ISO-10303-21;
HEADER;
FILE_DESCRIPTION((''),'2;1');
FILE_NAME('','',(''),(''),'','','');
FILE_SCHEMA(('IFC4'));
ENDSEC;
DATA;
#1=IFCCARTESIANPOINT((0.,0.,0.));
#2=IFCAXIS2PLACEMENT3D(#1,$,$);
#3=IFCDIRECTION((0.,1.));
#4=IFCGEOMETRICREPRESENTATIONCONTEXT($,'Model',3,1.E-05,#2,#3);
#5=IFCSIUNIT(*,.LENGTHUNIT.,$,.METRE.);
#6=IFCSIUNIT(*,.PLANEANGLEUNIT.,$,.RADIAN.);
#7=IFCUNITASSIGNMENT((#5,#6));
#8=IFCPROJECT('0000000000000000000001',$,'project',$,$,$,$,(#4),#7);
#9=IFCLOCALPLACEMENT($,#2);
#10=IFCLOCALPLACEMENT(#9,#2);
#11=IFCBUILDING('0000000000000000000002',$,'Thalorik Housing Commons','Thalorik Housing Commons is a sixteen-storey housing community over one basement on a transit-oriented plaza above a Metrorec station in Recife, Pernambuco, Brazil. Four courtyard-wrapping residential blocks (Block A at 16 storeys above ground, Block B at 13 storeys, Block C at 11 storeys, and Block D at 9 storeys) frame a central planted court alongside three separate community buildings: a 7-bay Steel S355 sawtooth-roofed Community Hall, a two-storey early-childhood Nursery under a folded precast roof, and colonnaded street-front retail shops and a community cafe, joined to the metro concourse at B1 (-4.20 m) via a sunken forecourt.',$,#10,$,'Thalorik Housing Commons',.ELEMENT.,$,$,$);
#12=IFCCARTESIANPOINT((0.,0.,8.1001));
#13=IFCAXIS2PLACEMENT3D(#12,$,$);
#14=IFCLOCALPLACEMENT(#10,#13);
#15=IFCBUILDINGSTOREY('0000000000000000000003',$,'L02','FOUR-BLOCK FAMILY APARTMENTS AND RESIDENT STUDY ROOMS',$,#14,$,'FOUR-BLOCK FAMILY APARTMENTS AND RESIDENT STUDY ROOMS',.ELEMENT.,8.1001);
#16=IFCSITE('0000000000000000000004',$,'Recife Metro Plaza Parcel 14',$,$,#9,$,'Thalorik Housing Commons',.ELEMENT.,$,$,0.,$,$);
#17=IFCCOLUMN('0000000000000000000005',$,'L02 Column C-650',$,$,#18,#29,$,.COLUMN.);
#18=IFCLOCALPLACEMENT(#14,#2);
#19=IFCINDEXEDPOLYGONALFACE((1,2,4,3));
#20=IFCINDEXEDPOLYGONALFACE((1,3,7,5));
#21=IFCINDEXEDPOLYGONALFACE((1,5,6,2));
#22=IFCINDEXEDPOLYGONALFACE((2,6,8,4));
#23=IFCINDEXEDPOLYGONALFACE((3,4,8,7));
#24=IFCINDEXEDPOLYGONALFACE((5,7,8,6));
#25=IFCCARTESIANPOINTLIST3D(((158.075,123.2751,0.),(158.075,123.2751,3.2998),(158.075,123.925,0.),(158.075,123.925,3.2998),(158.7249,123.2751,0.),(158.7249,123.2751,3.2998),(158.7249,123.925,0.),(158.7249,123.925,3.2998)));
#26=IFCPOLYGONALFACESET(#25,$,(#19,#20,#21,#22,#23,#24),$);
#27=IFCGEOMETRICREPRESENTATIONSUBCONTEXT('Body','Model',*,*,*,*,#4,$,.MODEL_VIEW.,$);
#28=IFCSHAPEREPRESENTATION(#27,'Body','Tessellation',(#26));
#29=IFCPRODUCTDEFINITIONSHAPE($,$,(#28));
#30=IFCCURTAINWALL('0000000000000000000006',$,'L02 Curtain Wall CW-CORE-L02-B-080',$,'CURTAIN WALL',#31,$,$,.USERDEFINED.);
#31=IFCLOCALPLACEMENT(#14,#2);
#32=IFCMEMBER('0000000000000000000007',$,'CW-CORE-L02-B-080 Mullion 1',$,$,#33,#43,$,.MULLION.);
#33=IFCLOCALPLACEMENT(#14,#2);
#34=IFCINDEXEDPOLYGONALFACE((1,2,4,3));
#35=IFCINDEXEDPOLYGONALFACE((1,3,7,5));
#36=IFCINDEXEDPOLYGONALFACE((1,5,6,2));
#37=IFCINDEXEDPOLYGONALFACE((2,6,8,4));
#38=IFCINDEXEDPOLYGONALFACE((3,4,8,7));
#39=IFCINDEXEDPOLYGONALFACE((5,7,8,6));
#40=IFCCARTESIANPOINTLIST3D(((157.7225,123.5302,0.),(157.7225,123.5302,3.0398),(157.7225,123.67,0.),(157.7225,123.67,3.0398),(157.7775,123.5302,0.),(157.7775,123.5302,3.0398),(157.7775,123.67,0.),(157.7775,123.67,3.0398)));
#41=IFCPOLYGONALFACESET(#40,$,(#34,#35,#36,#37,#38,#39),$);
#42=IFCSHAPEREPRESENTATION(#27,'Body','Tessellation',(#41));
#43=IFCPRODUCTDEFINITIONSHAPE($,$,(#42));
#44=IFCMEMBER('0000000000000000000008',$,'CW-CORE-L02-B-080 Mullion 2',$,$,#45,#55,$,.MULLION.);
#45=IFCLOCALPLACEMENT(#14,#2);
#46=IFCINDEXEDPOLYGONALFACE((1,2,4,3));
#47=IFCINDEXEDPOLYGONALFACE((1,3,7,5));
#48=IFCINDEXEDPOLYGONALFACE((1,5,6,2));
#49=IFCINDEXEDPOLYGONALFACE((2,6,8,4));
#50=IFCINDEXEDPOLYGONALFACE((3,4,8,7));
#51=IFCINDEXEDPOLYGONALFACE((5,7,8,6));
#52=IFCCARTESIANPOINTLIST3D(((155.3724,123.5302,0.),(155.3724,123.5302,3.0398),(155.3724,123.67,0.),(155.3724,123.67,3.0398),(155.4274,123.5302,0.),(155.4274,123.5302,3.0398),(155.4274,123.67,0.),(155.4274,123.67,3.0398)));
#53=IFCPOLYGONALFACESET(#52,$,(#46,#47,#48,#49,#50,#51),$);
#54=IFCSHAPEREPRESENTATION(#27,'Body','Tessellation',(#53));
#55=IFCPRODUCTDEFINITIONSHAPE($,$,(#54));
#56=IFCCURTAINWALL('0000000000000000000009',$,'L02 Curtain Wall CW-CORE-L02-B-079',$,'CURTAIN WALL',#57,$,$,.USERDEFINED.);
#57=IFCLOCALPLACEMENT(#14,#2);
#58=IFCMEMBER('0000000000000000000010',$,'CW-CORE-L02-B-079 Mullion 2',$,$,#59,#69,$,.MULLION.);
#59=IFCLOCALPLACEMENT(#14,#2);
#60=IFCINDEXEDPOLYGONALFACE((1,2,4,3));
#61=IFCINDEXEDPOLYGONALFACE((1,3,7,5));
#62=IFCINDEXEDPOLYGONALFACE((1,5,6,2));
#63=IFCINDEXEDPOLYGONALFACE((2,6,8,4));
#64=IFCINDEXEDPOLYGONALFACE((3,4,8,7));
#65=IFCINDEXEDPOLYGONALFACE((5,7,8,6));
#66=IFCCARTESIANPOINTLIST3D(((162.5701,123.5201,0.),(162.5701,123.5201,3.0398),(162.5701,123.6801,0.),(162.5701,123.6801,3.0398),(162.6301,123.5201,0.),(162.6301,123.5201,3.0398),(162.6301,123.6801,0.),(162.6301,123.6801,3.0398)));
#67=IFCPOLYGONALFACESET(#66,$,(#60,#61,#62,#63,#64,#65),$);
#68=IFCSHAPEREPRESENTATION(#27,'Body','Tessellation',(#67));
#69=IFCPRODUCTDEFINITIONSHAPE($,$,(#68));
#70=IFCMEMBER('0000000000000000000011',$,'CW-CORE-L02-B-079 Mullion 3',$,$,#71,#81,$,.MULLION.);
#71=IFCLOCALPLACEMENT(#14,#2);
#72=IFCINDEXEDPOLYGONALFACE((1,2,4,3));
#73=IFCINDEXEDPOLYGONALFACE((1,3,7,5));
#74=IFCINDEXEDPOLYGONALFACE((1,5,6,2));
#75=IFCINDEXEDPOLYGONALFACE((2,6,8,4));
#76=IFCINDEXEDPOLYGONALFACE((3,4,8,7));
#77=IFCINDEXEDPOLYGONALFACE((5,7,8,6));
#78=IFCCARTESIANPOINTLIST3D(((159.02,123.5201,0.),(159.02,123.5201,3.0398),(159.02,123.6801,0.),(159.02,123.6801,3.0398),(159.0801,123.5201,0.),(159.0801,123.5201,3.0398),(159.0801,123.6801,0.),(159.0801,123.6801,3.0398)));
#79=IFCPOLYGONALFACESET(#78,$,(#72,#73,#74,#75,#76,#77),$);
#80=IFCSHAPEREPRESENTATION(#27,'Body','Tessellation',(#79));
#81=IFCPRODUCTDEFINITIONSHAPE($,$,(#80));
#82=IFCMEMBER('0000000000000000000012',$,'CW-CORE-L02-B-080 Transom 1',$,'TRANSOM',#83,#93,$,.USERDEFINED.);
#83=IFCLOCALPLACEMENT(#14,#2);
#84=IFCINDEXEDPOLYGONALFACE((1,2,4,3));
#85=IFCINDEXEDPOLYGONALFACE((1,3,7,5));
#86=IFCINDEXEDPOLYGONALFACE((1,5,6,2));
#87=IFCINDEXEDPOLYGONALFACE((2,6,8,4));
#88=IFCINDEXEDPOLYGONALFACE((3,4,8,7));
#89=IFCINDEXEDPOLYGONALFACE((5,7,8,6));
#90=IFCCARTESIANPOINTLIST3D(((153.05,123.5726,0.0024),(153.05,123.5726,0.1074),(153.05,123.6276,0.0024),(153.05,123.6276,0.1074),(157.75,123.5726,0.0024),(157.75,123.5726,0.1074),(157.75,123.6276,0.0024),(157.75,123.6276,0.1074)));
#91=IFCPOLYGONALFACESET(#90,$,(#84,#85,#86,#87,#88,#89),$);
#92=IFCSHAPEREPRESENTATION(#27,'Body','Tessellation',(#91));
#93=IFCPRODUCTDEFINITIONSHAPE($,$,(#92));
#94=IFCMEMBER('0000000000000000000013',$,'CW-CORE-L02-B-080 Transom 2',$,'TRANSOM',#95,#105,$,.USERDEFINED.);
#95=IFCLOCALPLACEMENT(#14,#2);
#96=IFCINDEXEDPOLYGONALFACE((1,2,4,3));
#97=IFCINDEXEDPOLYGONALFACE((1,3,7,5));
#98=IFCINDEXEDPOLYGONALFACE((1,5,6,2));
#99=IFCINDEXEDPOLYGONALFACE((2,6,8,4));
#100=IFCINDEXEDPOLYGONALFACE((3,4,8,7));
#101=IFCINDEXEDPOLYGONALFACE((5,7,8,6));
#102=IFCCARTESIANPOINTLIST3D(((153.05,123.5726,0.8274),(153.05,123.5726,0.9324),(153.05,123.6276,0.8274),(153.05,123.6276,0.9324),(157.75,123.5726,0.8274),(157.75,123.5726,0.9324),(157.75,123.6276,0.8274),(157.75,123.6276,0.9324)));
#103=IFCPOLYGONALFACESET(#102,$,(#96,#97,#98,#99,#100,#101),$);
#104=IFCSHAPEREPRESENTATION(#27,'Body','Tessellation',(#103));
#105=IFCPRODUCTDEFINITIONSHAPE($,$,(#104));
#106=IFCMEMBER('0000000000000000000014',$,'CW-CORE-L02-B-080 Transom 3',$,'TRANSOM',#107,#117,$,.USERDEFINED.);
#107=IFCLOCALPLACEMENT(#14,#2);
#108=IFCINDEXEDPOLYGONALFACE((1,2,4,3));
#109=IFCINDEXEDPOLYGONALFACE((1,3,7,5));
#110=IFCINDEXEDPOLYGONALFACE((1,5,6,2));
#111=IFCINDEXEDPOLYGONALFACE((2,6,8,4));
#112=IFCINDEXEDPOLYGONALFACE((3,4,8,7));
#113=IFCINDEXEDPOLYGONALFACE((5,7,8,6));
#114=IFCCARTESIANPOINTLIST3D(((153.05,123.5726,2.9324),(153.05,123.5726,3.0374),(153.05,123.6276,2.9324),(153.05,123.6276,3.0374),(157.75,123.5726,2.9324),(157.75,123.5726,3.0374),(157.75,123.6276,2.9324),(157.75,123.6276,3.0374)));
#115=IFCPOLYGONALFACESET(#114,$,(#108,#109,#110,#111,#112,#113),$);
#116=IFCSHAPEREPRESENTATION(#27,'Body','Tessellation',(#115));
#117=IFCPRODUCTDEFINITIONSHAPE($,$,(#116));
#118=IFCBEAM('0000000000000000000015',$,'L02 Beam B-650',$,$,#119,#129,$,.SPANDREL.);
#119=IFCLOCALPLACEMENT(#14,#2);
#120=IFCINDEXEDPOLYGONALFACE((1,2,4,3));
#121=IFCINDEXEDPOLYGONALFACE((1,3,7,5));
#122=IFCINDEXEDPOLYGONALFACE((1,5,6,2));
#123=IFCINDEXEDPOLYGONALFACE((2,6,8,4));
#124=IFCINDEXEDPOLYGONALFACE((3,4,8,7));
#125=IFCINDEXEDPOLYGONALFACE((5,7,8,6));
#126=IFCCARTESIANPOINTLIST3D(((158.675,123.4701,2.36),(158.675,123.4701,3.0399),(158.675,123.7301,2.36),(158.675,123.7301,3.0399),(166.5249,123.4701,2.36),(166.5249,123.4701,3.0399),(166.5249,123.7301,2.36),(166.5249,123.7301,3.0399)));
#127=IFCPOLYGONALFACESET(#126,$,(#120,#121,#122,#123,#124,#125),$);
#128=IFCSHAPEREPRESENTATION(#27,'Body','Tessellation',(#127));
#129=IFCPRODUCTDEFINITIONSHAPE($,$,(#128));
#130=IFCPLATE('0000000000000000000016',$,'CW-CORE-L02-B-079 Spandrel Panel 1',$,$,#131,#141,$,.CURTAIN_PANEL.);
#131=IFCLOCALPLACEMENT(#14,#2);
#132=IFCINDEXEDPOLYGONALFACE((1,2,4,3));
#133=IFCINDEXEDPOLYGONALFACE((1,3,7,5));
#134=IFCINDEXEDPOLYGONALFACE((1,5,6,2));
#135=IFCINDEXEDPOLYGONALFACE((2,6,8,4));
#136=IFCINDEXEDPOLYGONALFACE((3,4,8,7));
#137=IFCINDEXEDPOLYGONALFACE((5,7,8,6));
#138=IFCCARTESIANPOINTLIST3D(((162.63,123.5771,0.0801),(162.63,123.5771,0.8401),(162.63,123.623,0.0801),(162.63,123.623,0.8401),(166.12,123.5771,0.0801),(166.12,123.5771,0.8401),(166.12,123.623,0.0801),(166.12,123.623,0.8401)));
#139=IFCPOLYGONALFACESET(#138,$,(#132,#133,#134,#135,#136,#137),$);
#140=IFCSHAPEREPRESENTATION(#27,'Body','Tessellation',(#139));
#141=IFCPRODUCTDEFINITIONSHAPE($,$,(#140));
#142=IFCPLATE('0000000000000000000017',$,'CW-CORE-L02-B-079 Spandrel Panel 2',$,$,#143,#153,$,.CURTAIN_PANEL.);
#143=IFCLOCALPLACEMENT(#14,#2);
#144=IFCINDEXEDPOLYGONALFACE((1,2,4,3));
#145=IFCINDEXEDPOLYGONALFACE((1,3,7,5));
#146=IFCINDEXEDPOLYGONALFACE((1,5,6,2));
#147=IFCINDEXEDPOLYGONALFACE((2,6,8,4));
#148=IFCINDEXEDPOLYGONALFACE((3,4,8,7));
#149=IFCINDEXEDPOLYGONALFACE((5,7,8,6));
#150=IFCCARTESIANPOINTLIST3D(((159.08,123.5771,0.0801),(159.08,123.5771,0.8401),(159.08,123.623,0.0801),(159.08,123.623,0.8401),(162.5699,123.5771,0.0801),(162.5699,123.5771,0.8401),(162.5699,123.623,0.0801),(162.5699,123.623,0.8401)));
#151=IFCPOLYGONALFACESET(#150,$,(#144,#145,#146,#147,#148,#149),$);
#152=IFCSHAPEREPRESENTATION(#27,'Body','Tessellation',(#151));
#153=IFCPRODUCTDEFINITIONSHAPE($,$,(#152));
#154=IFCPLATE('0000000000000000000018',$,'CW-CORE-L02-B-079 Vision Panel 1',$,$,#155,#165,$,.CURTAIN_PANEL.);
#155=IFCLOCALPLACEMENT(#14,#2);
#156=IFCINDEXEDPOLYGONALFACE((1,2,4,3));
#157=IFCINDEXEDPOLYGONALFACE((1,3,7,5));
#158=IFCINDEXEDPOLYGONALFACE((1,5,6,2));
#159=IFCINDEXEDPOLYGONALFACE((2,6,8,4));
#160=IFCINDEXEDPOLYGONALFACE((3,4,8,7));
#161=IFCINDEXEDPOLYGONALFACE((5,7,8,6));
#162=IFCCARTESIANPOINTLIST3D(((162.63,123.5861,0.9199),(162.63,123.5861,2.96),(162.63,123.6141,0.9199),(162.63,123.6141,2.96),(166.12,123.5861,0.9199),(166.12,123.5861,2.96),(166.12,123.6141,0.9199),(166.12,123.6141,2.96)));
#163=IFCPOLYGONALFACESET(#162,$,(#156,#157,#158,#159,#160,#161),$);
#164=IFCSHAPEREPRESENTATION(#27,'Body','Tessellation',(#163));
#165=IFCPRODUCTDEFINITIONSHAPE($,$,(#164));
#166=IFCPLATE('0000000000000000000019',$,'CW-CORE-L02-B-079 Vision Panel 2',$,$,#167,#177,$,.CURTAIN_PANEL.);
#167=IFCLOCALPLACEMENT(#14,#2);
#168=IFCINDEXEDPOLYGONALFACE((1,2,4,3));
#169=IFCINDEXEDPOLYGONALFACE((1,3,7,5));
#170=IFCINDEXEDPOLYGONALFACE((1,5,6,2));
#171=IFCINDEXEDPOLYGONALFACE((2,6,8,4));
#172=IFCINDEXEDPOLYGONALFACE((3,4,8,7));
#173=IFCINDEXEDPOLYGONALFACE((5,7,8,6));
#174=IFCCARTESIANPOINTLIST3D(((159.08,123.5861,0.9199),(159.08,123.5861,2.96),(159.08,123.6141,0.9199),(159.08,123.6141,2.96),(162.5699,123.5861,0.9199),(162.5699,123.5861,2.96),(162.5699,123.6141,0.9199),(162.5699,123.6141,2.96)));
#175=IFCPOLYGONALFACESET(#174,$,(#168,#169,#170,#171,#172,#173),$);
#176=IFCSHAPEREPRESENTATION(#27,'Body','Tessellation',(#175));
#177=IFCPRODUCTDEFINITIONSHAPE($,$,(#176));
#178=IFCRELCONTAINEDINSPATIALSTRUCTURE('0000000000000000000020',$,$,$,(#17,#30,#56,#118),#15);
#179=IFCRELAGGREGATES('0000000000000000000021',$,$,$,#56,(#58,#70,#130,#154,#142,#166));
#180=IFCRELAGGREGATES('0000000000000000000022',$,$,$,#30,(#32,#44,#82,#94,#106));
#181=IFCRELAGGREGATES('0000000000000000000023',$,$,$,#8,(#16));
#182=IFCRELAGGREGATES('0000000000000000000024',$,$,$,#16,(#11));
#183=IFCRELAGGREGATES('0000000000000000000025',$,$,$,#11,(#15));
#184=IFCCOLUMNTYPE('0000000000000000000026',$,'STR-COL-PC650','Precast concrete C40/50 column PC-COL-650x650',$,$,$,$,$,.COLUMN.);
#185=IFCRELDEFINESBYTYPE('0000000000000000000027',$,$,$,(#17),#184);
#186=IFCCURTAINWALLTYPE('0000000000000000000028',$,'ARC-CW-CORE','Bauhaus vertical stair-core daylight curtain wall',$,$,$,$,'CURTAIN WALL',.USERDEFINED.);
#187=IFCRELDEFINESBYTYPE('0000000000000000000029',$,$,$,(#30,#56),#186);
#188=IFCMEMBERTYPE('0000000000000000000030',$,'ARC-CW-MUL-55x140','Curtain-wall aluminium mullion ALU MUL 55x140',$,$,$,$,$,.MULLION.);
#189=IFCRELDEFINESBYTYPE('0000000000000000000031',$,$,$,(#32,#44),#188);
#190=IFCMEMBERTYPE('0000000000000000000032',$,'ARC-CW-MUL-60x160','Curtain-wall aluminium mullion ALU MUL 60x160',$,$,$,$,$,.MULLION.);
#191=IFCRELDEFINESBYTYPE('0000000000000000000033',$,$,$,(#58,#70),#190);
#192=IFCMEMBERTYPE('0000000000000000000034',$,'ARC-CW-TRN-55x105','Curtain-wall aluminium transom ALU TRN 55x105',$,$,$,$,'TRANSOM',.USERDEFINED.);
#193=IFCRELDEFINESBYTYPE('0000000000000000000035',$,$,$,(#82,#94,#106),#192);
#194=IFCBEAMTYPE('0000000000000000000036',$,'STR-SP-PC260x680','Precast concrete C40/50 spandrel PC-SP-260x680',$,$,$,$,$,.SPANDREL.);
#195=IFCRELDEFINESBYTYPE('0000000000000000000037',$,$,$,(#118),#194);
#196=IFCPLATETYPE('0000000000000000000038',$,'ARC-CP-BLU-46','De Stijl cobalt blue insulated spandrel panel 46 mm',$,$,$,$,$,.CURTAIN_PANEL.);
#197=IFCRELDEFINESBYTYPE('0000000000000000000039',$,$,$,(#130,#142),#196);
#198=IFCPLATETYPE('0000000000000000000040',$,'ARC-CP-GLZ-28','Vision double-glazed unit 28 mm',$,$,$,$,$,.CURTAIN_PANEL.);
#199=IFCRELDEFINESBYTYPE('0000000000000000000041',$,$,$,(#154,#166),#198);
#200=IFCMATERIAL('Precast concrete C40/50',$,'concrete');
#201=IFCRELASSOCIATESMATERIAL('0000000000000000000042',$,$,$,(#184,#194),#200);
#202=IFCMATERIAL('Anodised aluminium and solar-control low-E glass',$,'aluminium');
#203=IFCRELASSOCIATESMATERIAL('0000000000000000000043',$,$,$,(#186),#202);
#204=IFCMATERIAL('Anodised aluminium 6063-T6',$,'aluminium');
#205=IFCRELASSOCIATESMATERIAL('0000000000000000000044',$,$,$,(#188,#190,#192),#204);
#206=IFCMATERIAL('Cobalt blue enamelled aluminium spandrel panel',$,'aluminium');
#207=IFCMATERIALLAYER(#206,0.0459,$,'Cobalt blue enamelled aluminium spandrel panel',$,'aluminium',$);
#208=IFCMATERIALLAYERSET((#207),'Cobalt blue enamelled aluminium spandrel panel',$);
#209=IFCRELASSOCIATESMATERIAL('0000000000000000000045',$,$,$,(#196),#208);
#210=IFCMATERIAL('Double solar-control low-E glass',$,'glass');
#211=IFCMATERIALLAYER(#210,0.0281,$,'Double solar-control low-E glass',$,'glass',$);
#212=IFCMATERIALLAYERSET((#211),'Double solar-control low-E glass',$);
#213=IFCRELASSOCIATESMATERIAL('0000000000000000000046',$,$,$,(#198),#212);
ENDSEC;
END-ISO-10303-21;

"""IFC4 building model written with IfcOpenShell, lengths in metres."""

from ifc_helpers import new_model, si_unit, direction, frame, origin, origin_2d, place, context, subcontext, project, spatial, rectangle, extrude, material, layer, layer_set, material_profile, profile_set, type_object, element, aggregate, save


model = new_model("IFC4")

# Units and contexts
model_context = context("Model", 3, precision=1e-05, world=origin(), true_north=direction((0.0, 1.0)))
body_context = subcontext(model_context, "Body", "Model", "MODEL_VIEW")
ifc_project = project(units=[si_unit("LENGTHUNIT", "METRE"), si_unit("PLANEANGLEUNIT", "RADIAN")], contexts=[model_context])

# Site, building, storey
site_placement = place(None, origin())
site = spatial("IfcSite", under=ifc_project, at=site_placement, Name="Recife Metro Plaza Parcel 14", LongName="Thalorik Housing Commons", CompositionType="ELEMENT", RefElevation=0.0)
building_placement = place(site_placement, origin())
building = spatial("IfcBuilding", under=site, at=building_placement, Name="Thalorik Housing Commons", Description="Thalorik Housing Commons is a sixteen-storey housing community over one basement on a transit-oriented plaza above a Metrorec station in Recife, Pernambuco, Brazil. Four courtyard-wrapping residential blocks (Block A at 16 storeys above ground, Block B at 13 storeys, Block C at 11 storeys, and Block D at 9 storeys) frame a central planted court alongside three separate community buildings: a 7-bay Steel S355 sawtooth-roofed Community Hall, a two-storey early-childhood Nursery under a folded precast roof, and colonnaded street-front retail shops and a community cafe, joined to the metro concourse at B1 (-4.20 m) via a sunken forecourt.", LongName="Thalorik Housing Commons", CompositionType="ELEMENT")
storey_placement = place(building_placement, frame((0.0, 0.0, 8.1001)))
storey = spatial("IfcBuildingStorey", under=building, at=storey_placement, Name="L02", Description="FOUR-BLOCK FAMILY APARTMENTS AND RESIDENT STUDY ROOMS", LongName="FOUR-BLOCK FAMILY APARTMENTS AND RESIDENT STUDY ROOMS", CompositionType="ELEMENT", Elevation=8.1001)

# Column
ifc_material_1 = material(Name="Precast concrete C40/50", Category="concrete")
ifc_material_profile_1 = material_profile(ifc_material_1, rectangle(XDim=0.6499, YDim=0.6499, at=origin_2d()), Name="PC 650x650", Category="concrete")
ifc_profile_set_1 = profile_set([ifc_material_profile_1], Name="Precast concrete C40/50")
column_type = type_object("IfcColumnType", Name="STR-COL-PC650", Description="Precast concrete C40/50 column PC-COL-650x650", PredefinedType="COLUMN", material=ifc_profile_set_1)
column_placement = place(storey_placement, frame((158.3999, 123.6001, 0.0), z_axis=(0.0, 0.0, 1.0), x_axis=(1.0, 0.0, 0.0)))
element("IfcColumn", 1, at=column_placement, inside=storey, type_object=column_type, Name="L02 Column C-650", PredefinedType="COLUMN", context=body_context, shape_type="SweptSolid", body=[
    extrude(rectangle(XDim=0.6499, YDim=0.6499, at=origin_2d()), origin(), (0.0, 0.0, 1.0), 3.2998),
])

# Curtain walls, members
ifc_material_2 = material(Name="Anodised aluminium and solar-control low-E glass", Category="aluminium")
curtain_wall_type = type_object("IfcCurtainWallType", Name="ARC-CW-CORE", Description="Bauhaus vertical stair-core daylight curtain wall", ElementType="CURTAIN WALL", PredefinedType="USERDEFINED", material=ifc_material_2)
curtain_wall_1_placement = place(storey_placement, origin())
curtain_wall_1 = element("IfcCurtainWall", 2, at=curtain_wall_1_placement, inside=storey, type_object=curtain_wall_type, Name="L02 Curtain Wall CW-CORE-L02-B-080", ObjectType="CURTAIN WALL", PredefinedType="USERDEFINED")
ifc_material_3 = material(Name="Anodised aluminium 6063-T6", Category="aluminium")
ifc_material_profile_2 = material_profile(ifc_material_3, rectangle(XDim=0.0549, YDim=0.1399, at=origin_2d()), Name="ALU MUL 55x140", Category="aluminium")
ifc_profile_set_2 = profile_set([ifc_material_profile_2], Name="Anodised aluminium 6063-T6")
member_type_1 = type_object("IfcMemberType", Name="ARC-CW-MUL-55x140", Description="Curtain-wall aluminium mullion ALU MUL 55x140", PredefinedType="MULLION", material=ifc_profile_set_2)
member_1_placement = place(storey_placement, frame((157.75, 123.6001, 0.0), z_axis=(0.0, 0.0, 1.0), x_axis=(-1.0, 0.0, 0.0)))
member_1 = element("IfcMember", 3, at=member_1_placement, type_object=member_type_1, Name="CW-CORE-L02-B-080 Mullion 1", PredefinedType="MULLION", context=body_context, shape_type="SweptSolid", body=[
    extrude(rectangle(XDim=0.0549, YDim=0.1399, at=origin_2d()), origin(), (0.0, 0.0, 1.0), 3.0398),
])
member_2_placement = place(storey_placement, frame((155.3999, 123.6001, 0.0), z_axis=(0.0, 0.0, 1.0), x_axis=(-1.0, 0.0, 0.0)))
member_2 = element("IfcMember", 4, at=member_2_placement, type_object=member_type_1, Name="CW-CORE-L02-B-080 Mullion 2", PredefinedType="MULLION", context=body_context, shape_type="SweptSolid", body=[
    extrude(rectangle(XDim=0.0549, YDim=0.1399, at=origin_2d()), origin(), (0.0, 0.0, 1.0), 3.0398),
])
curtain_wall_2_placement = place(storey_placement, origin())
curtain_wall_2 = element("IfcCurtainWall", 5, at=curtain_wall_2_placement, inside=storey, type_object=curtain_wall_type, Name="L02 Curtain Wall CW-CORE-L02-B-079", ObjectType="CURTAIN WALL", PredefinedType="USERDEFINED")
ifc_material_profile_3 = material_profile(ifc_material_3, rectangle(XDim=0.0601, YDim=0.1599, at=origin_2d()), Name="ALU MUL 60x160", Category="aluminium")
ifc_profile_set_3 = profile_set([ifc_material_profile_3], Name="Anodised aluminium 6063-T6")
member_type_2 = type_object("IfcMemberType", Name="ARC-CW-MUL-60x160", Description="Curtain-wall aluminium mullion ALU MUL 60x160", PredefinedType="MULLION", material=ifc_profile_set_3)
member_3_placement = place(storey_placement, frame((162.6001, 123.6001, 0.0), z_axis=(0.0, 0.0, 1.0), x_axis=(-1.0, 0.0, 0.0)))
member_3 = element("IfcMember", 6, at=member_3_placement, type_object=member_type_2, Name="CW-CORE-L02-B-079 Mullion 2", PredefinedType="MULLION", context=body_context, shape_type="SweptSolid", body=[
    extrude(rectangle(XDim=0.0601, YDim=0.1599, at=origin_2d()), origin(), (0.0, 0.0, 1.0), 3.0398),
])
member_4_placement = place(storey_placement, frame((159.05, 123.6001, 0.0), z_axis=(0.0, 0.0, 1.0), x_axis=(-1.0, 0.0, 0.0)))
member_4 = element("IfcMember", 7, at=member_4_placement, type_object=member_type_2, Name="CW-CORE-L02-B-079 Mullion 3", PredefinedType="MULLION", context=body_context, shape_type="SweptSolid", body=[
    extrude(rectangle(XDim=0.0601, YDim=0.1599, at=origin_2d()), origin(), (0.0, 0.0, 1.0), 3.0398),
])

# Members
ifc_material_profile_4 = material_profile(ifc_material_3, rectangle(XDim=0.0549, YDim=0.105, at=origin_2d()), Name="ALU TRN 55x105", Category="aluminium")
ifc_profile_set_4 = profile_set([ifc_material_profile_4], Name="Anodised aluminium 6063-T6")
member_type_3 = type_object("IfcMemberType", Name="ARC-CW-TRN-55x105", Description="Curtain-wall aluminium transom ALU TRN 55x105", ElementType="TRANSOM", PredefinedType="USERDEFINED", material=ifc_profile_set_4)
member_5_placement = place(storey_placement, frame((157.75, 123.6001, 0.0549), z_axis=(-1.0, 0.0, 0.0), x_axis=(0.0, -1.0, 0.0)))
member_5 = element("IfcMember", 8, at=member_5_placement, type_object=member_type_3, Name="CW-CORE-L02-B-080 Transom 1", ObjectType="TRANSOM", PredefinedType="USERDEFINED", context=body_context, shape_type="SweptSolid", body=[
    extrude(rectangle(XDim=0.0549, YDim=0.105, at=origin_2d()), origin(), (0.0, 0.0, 1.0), 4.7),
])
member_6_placement = place(storey_placement, frame((157.75, 123.6001, 0.8799), z_axis=(-1.0, 0.0, 0.0), x_axis=(0.0, -1.0, 0.0)))
member_6 = element("IfcMember", 9, at=member_6_placement, type_object=member_type_3, Name="CW-CORE-L02-B-080 Transom 2", ObjectType="TRANSOM", PredefinedType="USERDEFINED", context=body_context, shape_type="SweptSolid", body=[
    extrude(rectangle(XDim=0.0549, YDim=0.105, at=origin_2d()), origin(), (0.0, 0.0, 1.0), 4.7),
])
member_7_placement = place(storey_placement, frame((157.75, 123.6001, 2.9849), z_axis=(-1.0, 0.0, 0.0), x_axis=(0.0, -1.0, 0.0)))
member_7 = element("IfcMember", 10, at=member_7_placement, type_object=member_type_3, Name="CW-CORE-L02-B-080 Transom 3", ObjectType="TRANSOM", PredefinedType="USERDEFINED", context=body_context, shape_type="SweptSolid", body=[
    extrude(rectangle(XDim=0.0549, YDim=0.105, at=origin_2d()), origin(), (0.0, 0.0, 1.0), 4.7),
])

# Beam
ifc_material_profile_5 = material_profile(ifc_material_1, rectangle(XDim=0.26, YDim=0.6799, at=origin_2d()), Name="PC SP 260x680", Category="concrete")
ifc_profile_set_5 = profile_set([ifc_material_profile_5], Name="Precast concrete C40/50")
beam_type = type_object("IfcBeamType", Name="STR-SP-PC260x680", Description="Precast concrete C40/50 spandrel PC-SP-260x680", PredefinedType="SPANDREL", material=ifc_profile_set_5)
beam_placement = place(storey_placement, frame((158.675, 123.6001, 2.7), z_axis=(1.0, 0.0, 0.0), x_axis=(0.0, 1.0, 0.0)))
element("IfcBeam", 11, at=beam_placement, inside=storey, type_object=beam_type, Name="L02 Beam B-650", PredefinedType="SPANDREL", context=body_context, shape_type="SweptSolid", body=[
    extrude(rectangle(XDim=0.26, YDim=0.6799, at=origin_2d()), origin(), (0.0, 0.0, 1.0), 7.8499),
])

# Plates
ifc_material_4 = material(Name="Cobalt blue enamelled aluminium spandrel panel", Category="aluminium")
ifc_layer_1 = layer(ifc_material_4, 0.0459, Name="Cobalt blue enamelled aluminium spandrel panel", Category="aluminium")
ifc_layer_set_1 = layer_set([ifc_layer_1], Name="Cobalt blue enamelled aluminium spandrel panel")
plate_type_1 = type_object("IfcPlateType", Name="ARC-CP-BLU-46", Description="De Stijl cobalt blue insulated spandrel panel 46 mm", PredefinedType="CURTAIN_PANEL", material=ifc_layer_set_1)
plate_1_placement = place(storey_placement, frame((164.375, 123.6001, 0.0801), z_axis=(0.0, 0.0, 1.0), x_axis=(-1.0, 0.0, 0.0)))
plate_1 = element("IfcPlate", 12, at=plate_1_placement, type_object=plate_type_1, Name="CW-CORE-L02-B-079 Spandrel Panel 1", PredefinedType="CURTAIN_PANEL", context=body_context, shape_type="SweptSolid", body=[
    extrude(rectangle(XDim=3.49, YDim=0.0459, at=origin_2d()), origin(), (0.0, 0.0, 1.0), 0.76),
])
plate_2_placement = place(storey_placement, frame((160.825, 123.6001, 0.0801), z_axis=(0.0, 0.0, 1.0), x_axis=(-1.0, 0.0, 0.0)))
plate_2 = element("IfcPlate", 13, at=plate_2_placement, type_object=plate_type_1, Name="CW-CORE-L02-B-079 Spandrel Panel 2", PredefinedType="CURTAIN_PANEL", context=body_context, shape_type="SweptSolid", body=[
    extrude(rectangle(XDim=3.49, YDim=0.0459, at=origin_2d()), origin(), (0.0, 0.0, 1.0), 0.76),
])
ifc_material_5 = material(Name="Double solar-control low-E glass", Category="glass")
ifc_layer_2 = layer(ifc_material_5, 0.0281, Name="Double solar-control low-E glass", Category="glass")
ifc_layer_set_2 = layer_set([ifc_layer_2], Name="Double solar-control low-E glass")
plate_type_2 = type_object("IfcPlateType", Name="ARC-CP-GLZ-28", Description="Vision double-glazed unit 28 mm", PredefinedType="CURTAIN_PANEL", material=ifc_layer_set_2)
plate_3_placement = place(storey_placement, frame((164.375, 123.6001, 0.9199), z_axis=(0.0, 0.0, 1.0), x_axis=(-1.0, 0.0, 0.0)))
plate_3 = element("IfcPlate", 14, at=plate_3_placement, type_object=plate_type_2, Name="CW-CORE-L02-B-079 Vision Panel 1", PredefinedType="CURTAIN_PANEL", context=body_context, shape_type="SweptSolid", body=[
    extrude(rectangle(XDim=3.49, YDim=0.0281, at=origin_2d()), origin(), (0.0, 0.0, 1.0), 2.04),
])
plate_4_placement = place(storey_placement, frame((160.825, 123.6001, 0.9199), z_axis=(0.0, 0.0, 1.0), x_axis=(-1.0, 0.0, 0.0)))
plate_4 = element("IfcPlate", 15, at=plate_4_placement, type_object=plate_type_2, Name="CW-CORE-L02-B-079 Vision Panel 2", PredefinedType="CURTAIN_PANEL", context=body_context, shape_type="SweptSolid", body=[
    extrude(rectangle(XDim=3.49, YDim=0.0281, at=origin_2d()), origin(), (0.0, 0.0, 1.0), 2.04),
])
aggregate(curtain_wall_2, [member_3, member_4, plate_1, plate_3, plate_2, plate_4])
aggregate(curtain_wall_1, [member_1, member_2, member_5, member_6, member_7])

save(model, "model.ifc")
